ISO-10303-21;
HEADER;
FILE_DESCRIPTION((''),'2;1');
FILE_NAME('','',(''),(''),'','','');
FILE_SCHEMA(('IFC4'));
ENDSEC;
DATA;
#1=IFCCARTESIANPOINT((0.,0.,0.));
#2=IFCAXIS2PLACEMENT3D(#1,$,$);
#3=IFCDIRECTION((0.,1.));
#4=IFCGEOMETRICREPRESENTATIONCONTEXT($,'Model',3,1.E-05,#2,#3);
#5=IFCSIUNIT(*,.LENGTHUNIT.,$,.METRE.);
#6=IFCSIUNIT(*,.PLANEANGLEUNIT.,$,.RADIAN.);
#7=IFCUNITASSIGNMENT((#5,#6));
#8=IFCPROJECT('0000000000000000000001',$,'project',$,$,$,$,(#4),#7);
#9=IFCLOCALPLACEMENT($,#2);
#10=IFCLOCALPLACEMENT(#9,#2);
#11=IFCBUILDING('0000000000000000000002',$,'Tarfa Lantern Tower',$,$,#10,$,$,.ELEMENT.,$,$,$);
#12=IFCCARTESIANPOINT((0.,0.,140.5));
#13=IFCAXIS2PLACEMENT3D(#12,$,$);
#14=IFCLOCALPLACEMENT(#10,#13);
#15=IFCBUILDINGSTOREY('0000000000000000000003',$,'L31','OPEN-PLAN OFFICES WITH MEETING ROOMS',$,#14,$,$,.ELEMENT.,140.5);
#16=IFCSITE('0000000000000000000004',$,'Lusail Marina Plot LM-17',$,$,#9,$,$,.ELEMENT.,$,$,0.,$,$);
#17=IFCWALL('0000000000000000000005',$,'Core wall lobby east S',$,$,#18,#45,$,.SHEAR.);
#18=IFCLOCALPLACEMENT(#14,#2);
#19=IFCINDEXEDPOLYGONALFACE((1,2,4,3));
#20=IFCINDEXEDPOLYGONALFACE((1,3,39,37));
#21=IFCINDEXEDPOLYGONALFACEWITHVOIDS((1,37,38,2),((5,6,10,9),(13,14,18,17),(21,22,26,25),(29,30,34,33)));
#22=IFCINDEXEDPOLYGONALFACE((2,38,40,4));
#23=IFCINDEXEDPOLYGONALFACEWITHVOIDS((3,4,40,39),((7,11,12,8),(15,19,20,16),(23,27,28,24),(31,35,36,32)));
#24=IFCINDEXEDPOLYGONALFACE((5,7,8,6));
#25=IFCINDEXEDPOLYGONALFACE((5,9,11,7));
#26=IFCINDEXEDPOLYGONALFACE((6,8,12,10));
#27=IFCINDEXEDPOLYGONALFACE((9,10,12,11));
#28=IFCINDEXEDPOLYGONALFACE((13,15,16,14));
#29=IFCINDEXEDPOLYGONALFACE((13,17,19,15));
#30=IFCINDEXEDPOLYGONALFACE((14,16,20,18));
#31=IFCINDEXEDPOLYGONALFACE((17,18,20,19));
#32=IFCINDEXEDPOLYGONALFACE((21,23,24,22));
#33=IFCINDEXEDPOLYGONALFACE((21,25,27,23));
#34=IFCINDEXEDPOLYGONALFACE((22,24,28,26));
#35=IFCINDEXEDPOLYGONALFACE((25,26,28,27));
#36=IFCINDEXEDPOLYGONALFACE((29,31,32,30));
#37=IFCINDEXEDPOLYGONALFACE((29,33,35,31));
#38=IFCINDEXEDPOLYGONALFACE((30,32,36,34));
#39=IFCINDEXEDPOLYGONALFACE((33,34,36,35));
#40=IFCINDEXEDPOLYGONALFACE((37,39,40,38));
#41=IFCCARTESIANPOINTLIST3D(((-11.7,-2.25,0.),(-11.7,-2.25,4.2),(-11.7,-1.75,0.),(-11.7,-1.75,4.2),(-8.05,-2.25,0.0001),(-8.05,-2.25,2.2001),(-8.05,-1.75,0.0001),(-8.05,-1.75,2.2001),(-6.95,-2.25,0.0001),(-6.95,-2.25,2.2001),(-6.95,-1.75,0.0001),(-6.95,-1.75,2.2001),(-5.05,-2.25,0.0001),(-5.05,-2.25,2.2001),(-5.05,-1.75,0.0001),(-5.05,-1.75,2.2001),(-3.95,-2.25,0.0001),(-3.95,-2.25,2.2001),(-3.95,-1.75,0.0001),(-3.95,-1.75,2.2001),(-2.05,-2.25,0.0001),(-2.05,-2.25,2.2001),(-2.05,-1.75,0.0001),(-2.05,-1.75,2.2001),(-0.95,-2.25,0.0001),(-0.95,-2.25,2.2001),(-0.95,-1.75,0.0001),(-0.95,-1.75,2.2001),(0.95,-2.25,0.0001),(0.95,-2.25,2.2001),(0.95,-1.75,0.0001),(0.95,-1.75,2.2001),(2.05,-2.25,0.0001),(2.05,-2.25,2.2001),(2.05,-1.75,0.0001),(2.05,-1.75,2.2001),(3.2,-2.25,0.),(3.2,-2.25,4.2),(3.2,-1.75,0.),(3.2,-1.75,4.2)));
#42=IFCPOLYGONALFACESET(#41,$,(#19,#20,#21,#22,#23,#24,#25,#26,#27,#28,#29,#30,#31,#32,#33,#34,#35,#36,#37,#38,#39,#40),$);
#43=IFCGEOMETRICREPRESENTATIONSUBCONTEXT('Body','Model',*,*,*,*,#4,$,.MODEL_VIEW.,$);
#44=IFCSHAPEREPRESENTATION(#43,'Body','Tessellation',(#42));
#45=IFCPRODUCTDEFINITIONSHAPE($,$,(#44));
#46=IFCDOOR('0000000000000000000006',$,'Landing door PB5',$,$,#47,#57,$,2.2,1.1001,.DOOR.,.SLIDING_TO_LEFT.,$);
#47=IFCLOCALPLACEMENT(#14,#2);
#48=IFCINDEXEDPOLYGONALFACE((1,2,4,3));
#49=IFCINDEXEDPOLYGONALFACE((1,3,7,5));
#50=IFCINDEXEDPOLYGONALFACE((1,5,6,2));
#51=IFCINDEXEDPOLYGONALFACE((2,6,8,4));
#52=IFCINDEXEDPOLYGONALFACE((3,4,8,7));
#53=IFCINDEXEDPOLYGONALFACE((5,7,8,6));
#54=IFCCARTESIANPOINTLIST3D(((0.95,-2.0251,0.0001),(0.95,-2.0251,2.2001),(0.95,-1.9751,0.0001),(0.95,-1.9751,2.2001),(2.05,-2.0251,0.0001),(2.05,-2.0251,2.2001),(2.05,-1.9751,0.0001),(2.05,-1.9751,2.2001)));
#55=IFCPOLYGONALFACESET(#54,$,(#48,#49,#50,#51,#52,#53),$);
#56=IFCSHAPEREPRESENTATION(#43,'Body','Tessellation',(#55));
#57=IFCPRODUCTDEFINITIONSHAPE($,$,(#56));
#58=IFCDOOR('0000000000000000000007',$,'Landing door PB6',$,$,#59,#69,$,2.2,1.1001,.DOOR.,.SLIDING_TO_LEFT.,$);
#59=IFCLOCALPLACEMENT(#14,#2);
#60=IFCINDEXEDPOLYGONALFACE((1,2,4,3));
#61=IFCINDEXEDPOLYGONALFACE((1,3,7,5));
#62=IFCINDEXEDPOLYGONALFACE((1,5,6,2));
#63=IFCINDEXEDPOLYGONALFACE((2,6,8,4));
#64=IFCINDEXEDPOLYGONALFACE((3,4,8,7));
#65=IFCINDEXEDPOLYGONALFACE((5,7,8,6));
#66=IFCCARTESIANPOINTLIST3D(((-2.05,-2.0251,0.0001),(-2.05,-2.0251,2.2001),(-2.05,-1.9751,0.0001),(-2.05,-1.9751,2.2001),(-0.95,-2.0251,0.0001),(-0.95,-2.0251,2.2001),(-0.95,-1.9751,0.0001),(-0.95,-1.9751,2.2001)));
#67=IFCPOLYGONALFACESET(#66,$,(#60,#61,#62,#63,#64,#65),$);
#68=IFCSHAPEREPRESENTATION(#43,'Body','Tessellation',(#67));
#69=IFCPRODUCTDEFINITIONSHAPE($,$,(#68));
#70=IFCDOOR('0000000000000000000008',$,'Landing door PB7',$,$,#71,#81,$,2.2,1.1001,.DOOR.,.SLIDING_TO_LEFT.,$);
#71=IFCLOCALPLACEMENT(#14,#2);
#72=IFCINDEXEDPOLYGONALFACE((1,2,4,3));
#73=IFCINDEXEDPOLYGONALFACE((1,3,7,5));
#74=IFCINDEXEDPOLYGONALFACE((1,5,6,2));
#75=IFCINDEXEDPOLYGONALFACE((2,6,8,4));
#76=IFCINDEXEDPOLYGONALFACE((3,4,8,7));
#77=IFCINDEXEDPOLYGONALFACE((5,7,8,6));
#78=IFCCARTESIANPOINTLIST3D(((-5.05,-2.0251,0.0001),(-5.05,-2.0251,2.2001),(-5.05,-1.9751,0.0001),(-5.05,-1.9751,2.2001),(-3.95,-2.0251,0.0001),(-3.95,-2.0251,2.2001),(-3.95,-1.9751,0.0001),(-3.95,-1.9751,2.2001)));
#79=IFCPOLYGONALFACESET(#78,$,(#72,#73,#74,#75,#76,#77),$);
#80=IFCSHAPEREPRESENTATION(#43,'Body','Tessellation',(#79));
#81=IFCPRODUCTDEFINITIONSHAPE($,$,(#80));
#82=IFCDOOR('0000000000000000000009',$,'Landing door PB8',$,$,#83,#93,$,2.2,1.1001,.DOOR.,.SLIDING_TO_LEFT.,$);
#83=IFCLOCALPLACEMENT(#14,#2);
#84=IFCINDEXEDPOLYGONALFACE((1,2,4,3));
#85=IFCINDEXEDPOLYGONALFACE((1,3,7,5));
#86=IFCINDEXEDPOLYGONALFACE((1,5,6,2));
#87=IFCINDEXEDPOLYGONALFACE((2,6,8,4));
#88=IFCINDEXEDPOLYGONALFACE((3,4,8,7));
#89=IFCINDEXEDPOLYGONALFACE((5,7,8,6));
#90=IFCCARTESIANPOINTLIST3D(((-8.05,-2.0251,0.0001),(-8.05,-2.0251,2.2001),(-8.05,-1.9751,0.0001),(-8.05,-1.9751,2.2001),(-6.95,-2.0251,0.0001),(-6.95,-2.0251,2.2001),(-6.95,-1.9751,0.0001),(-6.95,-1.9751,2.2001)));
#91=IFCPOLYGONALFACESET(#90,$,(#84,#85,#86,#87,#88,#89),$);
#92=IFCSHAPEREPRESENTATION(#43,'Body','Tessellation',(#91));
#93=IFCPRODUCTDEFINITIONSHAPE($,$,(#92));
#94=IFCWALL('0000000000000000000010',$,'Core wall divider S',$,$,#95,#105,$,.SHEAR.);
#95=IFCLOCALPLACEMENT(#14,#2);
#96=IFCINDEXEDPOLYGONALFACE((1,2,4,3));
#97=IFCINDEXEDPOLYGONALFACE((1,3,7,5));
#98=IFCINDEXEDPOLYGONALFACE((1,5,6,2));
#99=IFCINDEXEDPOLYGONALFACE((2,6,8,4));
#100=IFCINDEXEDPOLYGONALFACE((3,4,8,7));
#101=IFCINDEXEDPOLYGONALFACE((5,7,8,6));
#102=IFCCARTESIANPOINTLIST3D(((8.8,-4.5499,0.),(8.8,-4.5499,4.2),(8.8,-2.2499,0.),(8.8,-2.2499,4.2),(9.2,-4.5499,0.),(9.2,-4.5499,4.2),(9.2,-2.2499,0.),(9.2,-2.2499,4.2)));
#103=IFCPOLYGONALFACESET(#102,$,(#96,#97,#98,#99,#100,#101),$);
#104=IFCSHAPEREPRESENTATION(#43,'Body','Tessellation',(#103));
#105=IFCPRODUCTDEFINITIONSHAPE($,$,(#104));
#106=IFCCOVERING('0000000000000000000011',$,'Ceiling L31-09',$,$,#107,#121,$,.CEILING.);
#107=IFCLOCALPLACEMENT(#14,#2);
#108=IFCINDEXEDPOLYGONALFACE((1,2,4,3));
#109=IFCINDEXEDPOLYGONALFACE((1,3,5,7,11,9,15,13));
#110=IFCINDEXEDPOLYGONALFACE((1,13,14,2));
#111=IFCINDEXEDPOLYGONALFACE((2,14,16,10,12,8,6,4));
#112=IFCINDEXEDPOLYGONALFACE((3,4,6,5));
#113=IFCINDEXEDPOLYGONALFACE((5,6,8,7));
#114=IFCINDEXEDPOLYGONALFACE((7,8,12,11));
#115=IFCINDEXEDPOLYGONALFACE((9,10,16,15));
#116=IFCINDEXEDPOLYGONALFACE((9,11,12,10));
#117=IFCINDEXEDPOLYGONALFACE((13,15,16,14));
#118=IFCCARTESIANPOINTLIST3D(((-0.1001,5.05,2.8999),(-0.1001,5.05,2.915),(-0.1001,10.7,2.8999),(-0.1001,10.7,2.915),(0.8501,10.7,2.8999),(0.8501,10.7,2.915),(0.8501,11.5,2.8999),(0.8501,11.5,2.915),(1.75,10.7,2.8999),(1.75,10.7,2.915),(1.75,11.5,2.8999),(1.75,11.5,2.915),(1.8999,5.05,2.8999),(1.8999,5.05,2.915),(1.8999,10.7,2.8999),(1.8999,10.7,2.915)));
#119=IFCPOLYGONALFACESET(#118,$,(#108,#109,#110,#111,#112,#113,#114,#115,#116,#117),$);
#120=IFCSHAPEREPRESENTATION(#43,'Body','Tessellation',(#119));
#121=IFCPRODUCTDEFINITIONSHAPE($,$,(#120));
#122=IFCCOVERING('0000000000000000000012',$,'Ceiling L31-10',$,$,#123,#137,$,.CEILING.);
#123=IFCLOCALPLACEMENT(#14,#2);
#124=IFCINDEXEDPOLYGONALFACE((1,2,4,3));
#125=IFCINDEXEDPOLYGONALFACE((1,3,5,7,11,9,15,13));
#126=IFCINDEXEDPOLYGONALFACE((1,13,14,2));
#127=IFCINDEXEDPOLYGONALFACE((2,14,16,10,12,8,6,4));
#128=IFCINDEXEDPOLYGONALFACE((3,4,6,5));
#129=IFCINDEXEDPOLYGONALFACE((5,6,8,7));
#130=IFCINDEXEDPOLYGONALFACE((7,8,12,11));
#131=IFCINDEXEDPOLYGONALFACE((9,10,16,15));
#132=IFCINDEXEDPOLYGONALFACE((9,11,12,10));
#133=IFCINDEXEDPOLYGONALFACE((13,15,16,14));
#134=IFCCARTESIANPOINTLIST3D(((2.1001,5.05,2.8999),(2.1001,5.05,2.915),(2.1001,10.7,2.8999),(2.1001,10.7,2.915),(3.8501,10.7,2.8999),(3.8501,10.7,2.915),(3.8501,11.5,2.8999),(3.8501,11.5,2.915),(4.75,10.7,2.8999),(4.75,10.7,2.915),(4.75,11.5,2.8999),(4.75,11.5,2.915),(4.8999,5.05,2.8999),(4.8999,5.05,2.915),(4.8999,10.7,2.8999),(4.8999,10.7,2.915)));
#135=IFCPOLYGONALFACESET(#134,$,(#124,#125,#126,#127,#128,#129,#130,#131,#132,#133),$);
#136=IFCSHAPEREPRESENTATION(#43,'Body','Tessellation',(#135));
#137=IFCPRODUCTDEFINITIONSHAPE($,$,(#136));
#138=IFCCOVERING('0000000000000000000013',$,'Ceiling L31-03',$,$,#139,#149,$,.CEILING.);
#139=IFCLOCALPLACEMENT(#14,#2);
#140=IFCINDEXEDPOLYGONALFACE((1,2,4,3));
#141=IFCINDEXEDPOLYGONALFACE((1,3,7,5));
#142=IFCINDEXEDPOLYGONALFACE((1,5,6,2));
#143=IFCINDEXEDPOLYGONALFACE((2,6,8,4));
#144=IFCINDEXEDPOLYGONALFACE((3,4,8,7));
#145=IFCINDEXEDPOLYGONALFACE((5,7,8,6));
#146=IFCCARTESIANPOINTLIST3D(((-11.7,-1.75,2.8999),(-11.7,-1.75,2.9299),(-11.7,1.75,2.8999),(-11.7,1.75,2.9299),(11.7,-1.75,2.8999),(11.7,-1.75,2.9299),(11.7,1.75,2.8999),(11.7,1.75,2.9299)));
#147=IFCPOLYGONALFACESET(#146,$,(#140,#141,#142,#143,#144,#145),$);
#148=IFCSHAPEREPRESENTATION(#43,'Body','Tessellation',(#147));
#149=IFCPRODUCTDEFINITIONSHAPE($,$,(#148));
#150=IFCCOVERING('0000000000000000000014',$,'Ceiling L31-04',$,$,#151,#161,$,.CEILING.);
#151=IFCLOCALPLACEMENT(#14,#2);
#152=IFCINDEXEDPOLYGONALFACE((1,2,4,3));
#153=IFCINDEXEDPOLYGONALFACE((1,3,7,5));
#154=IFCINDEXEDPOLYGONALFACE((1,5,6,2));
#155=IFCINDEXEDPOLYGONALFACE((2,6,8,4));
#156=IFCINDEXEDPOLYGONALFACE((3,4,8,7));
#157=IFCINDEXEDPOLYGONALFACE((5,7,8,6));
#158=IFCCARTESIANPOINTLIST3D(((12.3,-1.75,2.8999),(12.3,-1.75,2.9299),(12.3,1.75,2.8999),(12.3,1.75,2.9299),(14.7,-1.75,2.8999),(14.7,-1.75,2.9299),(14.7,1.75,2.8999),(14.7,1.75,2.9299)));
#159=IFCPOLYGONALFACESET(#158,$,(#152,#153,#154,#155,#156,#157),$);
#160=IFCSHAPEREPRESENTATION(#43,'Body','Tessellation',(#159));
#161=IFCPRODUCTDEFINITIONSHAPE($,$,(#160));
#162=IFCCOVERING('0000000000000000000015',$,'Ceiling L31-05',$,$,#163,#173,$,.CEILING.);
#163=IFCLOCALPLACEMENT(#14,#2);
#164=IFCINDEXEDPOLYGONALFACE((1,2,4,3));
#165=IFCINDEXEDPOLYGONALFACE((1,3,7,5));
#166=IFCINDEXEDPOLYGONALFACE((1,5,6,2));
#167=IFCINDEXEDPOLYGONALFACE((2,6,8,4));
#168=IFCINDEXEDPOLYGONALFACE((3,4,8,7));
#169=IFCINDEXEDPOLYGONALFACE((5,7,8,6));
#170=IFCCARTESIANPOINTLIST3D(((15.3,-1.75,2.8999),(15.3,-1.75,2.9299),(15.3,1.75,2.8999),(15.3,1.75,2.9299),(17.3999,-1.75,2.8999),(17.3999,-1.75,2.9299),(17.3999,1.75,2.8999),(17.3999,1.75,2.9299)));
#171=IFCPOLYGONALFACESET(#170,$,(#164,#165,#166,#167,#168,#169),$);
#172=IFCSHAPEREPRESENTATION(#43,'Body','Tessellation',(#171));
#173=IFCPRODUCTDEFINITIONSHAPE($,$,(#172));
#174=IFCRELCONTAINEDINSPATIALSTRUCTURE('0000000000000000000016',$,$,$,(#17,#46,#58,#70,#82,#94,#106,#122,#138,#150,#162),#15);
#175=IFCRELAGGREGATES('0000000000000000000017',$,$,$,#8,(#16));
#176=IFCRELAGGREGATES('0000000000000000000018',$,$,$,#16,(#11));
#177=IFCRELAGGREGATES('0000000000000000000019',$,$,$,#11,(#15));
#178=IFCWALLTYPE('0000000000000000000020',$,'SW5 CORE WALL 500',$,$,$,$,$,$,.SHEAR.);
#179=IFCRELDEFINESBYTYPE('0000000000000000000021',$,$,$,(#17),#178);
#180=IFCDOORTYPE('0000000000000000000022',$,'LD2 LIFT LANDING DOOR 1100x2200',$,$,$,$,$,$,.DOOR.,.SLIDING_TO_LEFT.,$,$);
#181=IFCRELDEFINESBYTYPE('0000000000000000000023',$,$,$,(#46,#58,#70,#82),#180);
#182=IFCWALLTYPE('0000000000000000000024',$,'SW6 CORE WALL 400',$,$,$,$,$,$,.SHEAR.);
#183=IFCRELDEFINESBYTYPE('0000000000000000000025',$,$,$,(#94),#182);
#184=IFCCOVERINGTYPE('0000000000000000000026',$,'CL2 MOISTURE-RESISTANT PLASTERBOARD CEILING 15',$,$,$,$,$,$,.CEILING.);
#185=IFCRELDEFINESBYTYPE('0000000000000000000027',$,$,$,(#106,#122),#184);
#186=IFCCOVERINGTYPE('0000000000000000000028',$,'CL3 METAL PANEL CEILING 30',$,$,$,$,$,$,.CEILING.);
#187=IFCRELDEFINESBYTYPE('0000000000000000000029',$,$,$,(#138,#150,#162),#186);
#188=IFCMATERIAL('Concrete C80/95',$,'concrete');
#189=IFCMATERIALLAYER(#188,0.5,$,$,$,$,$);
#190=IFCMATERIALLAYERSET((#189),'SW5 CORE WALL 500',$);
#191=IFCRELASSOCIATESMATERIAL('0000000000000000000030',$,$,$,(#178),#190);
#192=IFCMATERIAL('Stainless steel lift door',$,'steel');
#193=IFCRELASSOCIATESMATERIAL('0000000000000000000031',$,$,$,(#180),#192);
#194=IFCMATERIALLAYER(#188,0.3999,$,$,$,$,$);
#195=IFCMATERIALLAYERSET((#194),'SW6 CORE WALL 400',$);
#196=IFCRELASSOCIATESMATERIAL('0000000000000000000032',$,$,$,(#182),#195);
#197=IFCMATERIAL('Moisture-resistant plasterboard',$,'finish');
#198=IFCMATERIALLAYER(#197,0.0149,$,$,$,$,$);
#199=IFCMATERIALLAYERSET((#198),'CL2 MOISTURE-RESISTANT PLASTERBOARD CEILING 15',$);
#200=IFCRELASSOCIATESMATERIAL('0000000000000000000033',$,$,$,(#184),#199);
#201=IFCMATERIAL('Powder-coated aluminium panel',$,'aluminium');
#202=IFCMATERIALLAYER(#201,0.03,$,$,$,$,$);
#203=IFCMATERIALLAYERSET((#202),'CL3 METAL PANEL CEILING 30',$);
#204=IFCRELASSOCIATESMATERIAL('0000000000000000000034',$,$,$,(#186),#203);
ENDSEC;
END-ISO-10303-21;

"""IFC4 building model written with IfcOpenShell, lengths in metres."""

from ifc_helpers import new_model, si_unit, direction, frame, frame_2d, origin, place, context, subcontext, project, spatial, polyline, rectangle, outline, extrude, material, layer, layer_set, type_object, element, fill, save


model = new_model("IFC4")

# Units and contexts
model_context = context("Model", 3, precision=1e-05, world=origin(), true_north=direction((0.0, 1.0)))
body_context = subcontext(model_context, "Body", "Model", "MODEL_VIEW")
ifc_project = project(units=[si_unit("LENGTHUNIT", "METRE"), si_unit("PLANEANGLEUNIT", "RADIAN")], contexts=[model_context])

# Site, building, storey
site_placement = place(None, origin())
site = spatial("IfcSite", under=ifc_project, at=site_placement, Name="Lusail Marina Plot LM-17", CompositionType="ELEMENT", RefElevation=0.0)
building_placement = place(site_placement, origin())
building = spatial("IfcBuilding", under=site, at=building_placement, Name="Tarfa Lantern Tower", CompositionType="ELEMENT")
storey_placement = place(building_placement, frame((0.0, 0.0, 140.5)))
storey = spatial("IfcBuildingStorey", under=building, at=storey_placement, Name="L31", Description="OPEN-PLAN OFFICES WITH MEETING ROOMS", CompositionType="ELEMENT", Elevation=140.5)

# Wall, openings, doors
ifc_material_1 = material(Name="Concrete C80/95", Category="concrete")
ifc_layer_1 = layer(ifc_material_1, 0.5)
ifc_layer_set_1 = layer_set([ifc_layer_1], Name="SW5 CORE WALL 500")
wall_type_1 = type_object("IfcWallType", Name="SW5 CORE WALL 500", PredefinedType="SHEAR", material=ifc_layer_set_1)
wall_1_placement = place(storey_placement, frame((3.2, -2.0, 0.0), z_axis=(0.0, 0.0, 1.0), x_axis=(-1.0, 0.0, 0.0)))
wall_1 = element("IfcWall", 1, at=wall_1_placement, inside=storey, type_object=wall_type_1, Name="Core wall lobby east S", PredefinedType="SHEAR", context=body_context, shape_type="SweptSolid", body=[
    extrude(rectangle(XDim=14.8999, YDim=0.5, at=frame_2d((7.45, 0.0))), origin(), (0.0, 0.0, 1.0), 4.2),
])
opening_1_placement = place(wall_1_placement, frame((1.1499, 0.0, 0.0)))
opening_1 = element("IfcOpeningElement", 2, at=opening_1_placement, cuts=wall_1, PredefinedType="OPENING", context=body_context, shape_type="SweptSolid", body=[
    extrude(rectangle(XDim=1.1001, YDim=2.2, at=frame_2d((0.55, 1.1001))), frame((0.0, 0.26, 0.0), z_axis=(0.0, -1.0, 0.0), x_axis=(1.0, 0.0, 0.0)), (0.0, 0.0, 1.0), 0.52),
])
opening_2_placement = place(wall_1_placement, frame((4.1499, 0.0, 0.0)))
opening_2 = element("IfcOpeningElement", 3, at=opening_2_placement, cuts=wall_1, PredefinedType="OPENING", context=body_context, shape_type="SweptSolid", body=[
    extrude(rectangle(XDim=1.1001, YDim=2.2, at=frame_2d((0.55, 1.1001))), frame((0.0, 0.26, 0.0), z_axis=(0.0, -1.0, 0.0), x_axis=(1.0, 0.0, 0.0)), (0.0, 0.0, 1.0), 0.52),
])
opening_3_placement = place(wall_1_placement, frame((7.1499, 0.0, 0.0)))
opening_3 = element("IfcOpeningElement", 4, at=opening_3_placement, cuts=wall_1, PredefinedType="OPENING", context=body_context, shape_type="SweptSolid", body=[
    extrude(rectangle(XDim=1.1001, YDim=2.2, at=frame_2d((0.55, 1.1001))), frame((0.0, 0.26, 0.0), z_axis=(0.0, -1.0, 0.0), x_axis=(1.0, 0.0, 0.0)), (0.0, 0.0, 1.0), 0.52),
])
opening_4_placement = place(wall_1_placement, frame((10.1499, 0.0, 0.0)))
opening_4 = element("IfcOpeningElement", 5, at=opening_4_placement, cuts=wall_1, PredefinedType="OPENING", context=body_context, shape_type="SweptSolid", body=[
    extrude(rectangle(XDim=1.1001, YDim=2.2, at=frame_2d((0.55, 1.1001))), frame((0.0, 0.26, 0.0), z_axis=(0.0, -1.0, 0.0), x_axis=(1.0, 0.0, 0.0)), (0.0, 0.0, 1.0), 0.52),
])
ifc_material_2 = material(Name="Stainless steel lift door", Category="steel")
door_type = type_object("IfcDoorType", Name="LD2 LIFT LANDING DOOR 1100x2200", OperationType="SLIDING_TO_LEFT", PredefinedType="DOOR", material=ifc_material_2)
door_1_placement = place(opening_1_placement, frame((1.1001, 0.0, 0.0), z_axis=(0.0, 0.0, 1.0), x_axis=(-1.0, 0.0, 0.0)))
door_1 = element("IfcDoor", 6, at=door_1_placement, inside=storey, type_object=door_type, Name="Landing door PB5", OperationType="SLIDING_TO_LEFT", OverallHeight=2.2, OverallWidth=1.1001, PredefinedType="DOOR", context=body_context, shape_type="SweptSolid", body=[
    extrude(rectangle(XDim=1.1001, YDim=2.2, at=frame_2d((0.55, 1.1001))), frame((0.0, 0.0249, 0.0), z_axis=(0.0, -1.0, 0.0), x_axis=(1.0, 0.0, 0.0)), (0.0, 0.0, 1.0), 0.05),
])
fill(opening_1, door_1)
door_2_placement = place(opening_2_placement, frame((1.1001, 0.0, 0.0), z_axis=(0.0, 0.0, 1.0), x_axis=(-1.0, 0.0, 0.0)))
door_2 = element("IfcDoor", 7, at=door_2_placement, inside=storey, type_object=door_type, Name="Landing door PB6", OperationType="SLIDING_TO_LEFT", OverallHeight=2.2, OverallWidth=1.1001, PredefinedType="DOOR", context=body_context, shape_type="SweptSolid", body=[
    extrude(rectangle(XDim=1.1001, YDim=2.2, at=frame_2d((0.55, 1.1001))), frame((0.0, 0.0249, 0.0), z_axis=(0.0, -1.0, 0.0), x_axis=(1.0, 0.0, 0.0)), (0.0, 0.0, 1.0), 0.05),
])
fill(opening_2, door_2)
door_3_placement = place(opening_3_placement, frame((1.1001, 0.0, 0.0), z_axis=(0.0, 0.0, 1.0), x_axis=(-1.0, 0.0, 0.0)))
door_3 = element("IfcDoor", 8, at=door_3_placement, inside=storey, type_object=door_type, Name="Landing door PB7", OperationType="SLIDING_TO_LEFT", OverallHeight=2.2, OverallWidth=1.1001, PredefinedType="DOOR", context=body_context, shape_type="SweptSolid", body=[
    extrude(rectangle(XDim=1.1001, YDim=2.2, at=frame_2d((0.55, 1.1001))), frame((0.0, 0.0249, 0.0), z_axis=(0.0, -1.0, 0.0), x_axis=(1.0, 0.0, 0.0)), (0.0, 0.0, 1.0), 0.05),
])
fill(opening_3, door_3)
door_4_placement = place(opening_4_placement, frame((1.1001, 0.0, 0.0), z_axis=(0.0, 0.0, 1.0), x_axis=(-1.0, 0.0, 0.0)))
door_4 = element("IfcDoor", 9, at=door_4_placement, inside=storey, type_object=door_type, Name="Landing door PB8", OperationType="SLIDING_TO_LEFT", OverallHeight=2.2, OverallWidth=1.1001, PredefinedType="DOOR", context=body_context, shape_type="SweptSolid", body=[
    extrude(rectangle(XDim=1.1001, YDim=2.2, at=frame_2d((0.55, 1.1001))), frame((0.0, 0.0249, 0.0), z_axis=(0.0, -1.0, 0.0), x_axis=(1.0, 0.0, 0.0)), (0.0, 0.0, 1.0), 0.05),
])
fill(opening_4, door_4)

# Wall
ifc_layer_2 = layer(ifc_material_1, 0.3999)
ifc_layer_set_2 = layer_set([ifc_layer_2], Name="SW6 CORE WALL 400")
wall_type_2 = type_object("IfcWallType", Name="SW6 CORE WALL 400", PredefinedType="SHEAR", material=ifc_layer_set_2)
wall_2_placement = place(storey_placement, frame((9.0, -2.25, 0.0), z_axis=(0.0, 0.0, 1.0), x_axis=(0.0, -1.0, 0.0)))
element("IfcWall", 10, at=wall_2_placement, inside=storey, type_object=wall_type_2, Name="Core wall divider S", PredefinedType="SHEAR", context=body_context, shape_type="SweptSolid", body=[
    extrude(rectangle(XDim=2.3, YDim=0.3999, at=frame_2d((1.1499, 0.0))), origin(), (0.0, 0.0, 1.0), 4.2),
])

# Coverings
ifc_material_3 = material(Name="Moisture-resistant plasterboard", Category="finish")
ifc_layer_3 = layer(ifc_material_3, 0.0149)
ifc_layer_set_3 = layer_set([ifc_layer_3], Name="CL2 MOISTURE-RESISTANT PLASTERBOARD CEILING 15")
covering_type_1 = type_object("IfcCoveringType", Name="CL2 MOISTURE-RESISTANT PLASTERBOARD CEILING 15", PredefinedType="CEILING", material=ifc_layer_set_3)
covering_1_placement = place(storey_placement, frame((0.0, 0.0, 2.8999)))
element("IfcCovering", 11, at=covering_1_placement, inside=storey, type_object=covering_type_1, Name="Ceiling L31-09", PredefinedType="CEILING", context=body_context, shape_type="SweptSolid", body=[
    extrude(outline(polyline([(0.8501, 10.7), (-0.1001, 10.7), (-0.1001, 5.05), (1.8999, 5.05), (1.8999, 10.7), (1.75, 10.7), (1.75, 11.5), (1.75, 11.5), (0.8501, 11.5), (0.8501, 10.7)])), origin(), (0.0, 0.0, 1.0), 0.0151),
])
covering_2_placement = place(storey_placement, frame((0.0, 0.0, 2.8999)))
element("IfcCovering", 12, at=covering_2_placement, inside=storey, type_object=covering_type_1, Name="Ceiling L31-10", PredefinedType="CEILING", context=body_context, shape_type="SweptSolid", body=[
    extrude(outline(polyline([(2.1001, 5.05), (4.8999, 5.05), (4.8999, 10.7), (4.75, 10.7), (4.75, 11.5), (3.8501, 11.5), (3.8501, 10.7), (2.1001, 10.7), (2.1001, 5.05)])), origin(), (0.0, 0.0, 1.0), 0.0151),
])
ifc_material_4 = material(Name="Powder-coated aluminium panel", Category="aluminium")
ifc_layer_4 = layer(ifc_material_4, 0.03)
ifc_layer_set_4 = layer_set([ifc_layer_4], Name="CL3 METAL PANEL CEILING 30")
covering_type_2 = type_object("IfcCoveringType", Name="CL3 METAL PANEL CEILING 30", PredefinedType="CEILING", material=ifc_layer_set_4)
covering_3_placement = place(storey_placement, frame((0.0, 0.0, 2.8999)))
element("IfcCovering", 13, at=covering_3_placement, inside=storey, type_object=covering_type_2, Name="Ceiling L31-03", PredefinedType="CEILING", context=body_context, shape_type="SweptSolid", body=[
    extrude(outline(polyline([(-11.7, -1.75), (11.7, -1.75), (11.7, 1.75), (-11.7, 1.75), (-11.7, -1.75)])), origin(), (0.0, 0.0, 1.0), 0.03),
])
covering_4_placement = place(storey_placement, frame((0.0, 0.0, 2.8999)))
element("IfcCovering", 14, at=covering_4_placement, inside=storey, type_object=covering_type_2, Name="Ceiling L31-04", PredefinedType="CEILING", context=body_context, shape_type="SweptSolid", body=[
    extrude(outline(polyline([(12.3, -1.75), (14.7, -1.75), (14.7, 1.75), (12.3, 1.75), (12.3, -1.75)])), origin(), (0.0, 0.0, 1.0), 0.03),
])
covering_5_placement = place(storey_placement, frame((0.0, 0.0, 2.8999)))
element("IfcCovering", 15, at=covering_5_placement, inside=storey, type_object=covering_type_2, Name="Ceiling L31-05", PredefinedType="CEILING", context=body_context, shape_type="SweptSolid", body=[
    extrude(outline(polyline([(15.3, -1.75), (17.3999, -1.75), (17.3999, 1.75), (15.3, 1.75), (15.3, -1.75)])), origin(), (0.0, 0.0, 1.0), 0.03),
])

save(model, "model.ifc")
